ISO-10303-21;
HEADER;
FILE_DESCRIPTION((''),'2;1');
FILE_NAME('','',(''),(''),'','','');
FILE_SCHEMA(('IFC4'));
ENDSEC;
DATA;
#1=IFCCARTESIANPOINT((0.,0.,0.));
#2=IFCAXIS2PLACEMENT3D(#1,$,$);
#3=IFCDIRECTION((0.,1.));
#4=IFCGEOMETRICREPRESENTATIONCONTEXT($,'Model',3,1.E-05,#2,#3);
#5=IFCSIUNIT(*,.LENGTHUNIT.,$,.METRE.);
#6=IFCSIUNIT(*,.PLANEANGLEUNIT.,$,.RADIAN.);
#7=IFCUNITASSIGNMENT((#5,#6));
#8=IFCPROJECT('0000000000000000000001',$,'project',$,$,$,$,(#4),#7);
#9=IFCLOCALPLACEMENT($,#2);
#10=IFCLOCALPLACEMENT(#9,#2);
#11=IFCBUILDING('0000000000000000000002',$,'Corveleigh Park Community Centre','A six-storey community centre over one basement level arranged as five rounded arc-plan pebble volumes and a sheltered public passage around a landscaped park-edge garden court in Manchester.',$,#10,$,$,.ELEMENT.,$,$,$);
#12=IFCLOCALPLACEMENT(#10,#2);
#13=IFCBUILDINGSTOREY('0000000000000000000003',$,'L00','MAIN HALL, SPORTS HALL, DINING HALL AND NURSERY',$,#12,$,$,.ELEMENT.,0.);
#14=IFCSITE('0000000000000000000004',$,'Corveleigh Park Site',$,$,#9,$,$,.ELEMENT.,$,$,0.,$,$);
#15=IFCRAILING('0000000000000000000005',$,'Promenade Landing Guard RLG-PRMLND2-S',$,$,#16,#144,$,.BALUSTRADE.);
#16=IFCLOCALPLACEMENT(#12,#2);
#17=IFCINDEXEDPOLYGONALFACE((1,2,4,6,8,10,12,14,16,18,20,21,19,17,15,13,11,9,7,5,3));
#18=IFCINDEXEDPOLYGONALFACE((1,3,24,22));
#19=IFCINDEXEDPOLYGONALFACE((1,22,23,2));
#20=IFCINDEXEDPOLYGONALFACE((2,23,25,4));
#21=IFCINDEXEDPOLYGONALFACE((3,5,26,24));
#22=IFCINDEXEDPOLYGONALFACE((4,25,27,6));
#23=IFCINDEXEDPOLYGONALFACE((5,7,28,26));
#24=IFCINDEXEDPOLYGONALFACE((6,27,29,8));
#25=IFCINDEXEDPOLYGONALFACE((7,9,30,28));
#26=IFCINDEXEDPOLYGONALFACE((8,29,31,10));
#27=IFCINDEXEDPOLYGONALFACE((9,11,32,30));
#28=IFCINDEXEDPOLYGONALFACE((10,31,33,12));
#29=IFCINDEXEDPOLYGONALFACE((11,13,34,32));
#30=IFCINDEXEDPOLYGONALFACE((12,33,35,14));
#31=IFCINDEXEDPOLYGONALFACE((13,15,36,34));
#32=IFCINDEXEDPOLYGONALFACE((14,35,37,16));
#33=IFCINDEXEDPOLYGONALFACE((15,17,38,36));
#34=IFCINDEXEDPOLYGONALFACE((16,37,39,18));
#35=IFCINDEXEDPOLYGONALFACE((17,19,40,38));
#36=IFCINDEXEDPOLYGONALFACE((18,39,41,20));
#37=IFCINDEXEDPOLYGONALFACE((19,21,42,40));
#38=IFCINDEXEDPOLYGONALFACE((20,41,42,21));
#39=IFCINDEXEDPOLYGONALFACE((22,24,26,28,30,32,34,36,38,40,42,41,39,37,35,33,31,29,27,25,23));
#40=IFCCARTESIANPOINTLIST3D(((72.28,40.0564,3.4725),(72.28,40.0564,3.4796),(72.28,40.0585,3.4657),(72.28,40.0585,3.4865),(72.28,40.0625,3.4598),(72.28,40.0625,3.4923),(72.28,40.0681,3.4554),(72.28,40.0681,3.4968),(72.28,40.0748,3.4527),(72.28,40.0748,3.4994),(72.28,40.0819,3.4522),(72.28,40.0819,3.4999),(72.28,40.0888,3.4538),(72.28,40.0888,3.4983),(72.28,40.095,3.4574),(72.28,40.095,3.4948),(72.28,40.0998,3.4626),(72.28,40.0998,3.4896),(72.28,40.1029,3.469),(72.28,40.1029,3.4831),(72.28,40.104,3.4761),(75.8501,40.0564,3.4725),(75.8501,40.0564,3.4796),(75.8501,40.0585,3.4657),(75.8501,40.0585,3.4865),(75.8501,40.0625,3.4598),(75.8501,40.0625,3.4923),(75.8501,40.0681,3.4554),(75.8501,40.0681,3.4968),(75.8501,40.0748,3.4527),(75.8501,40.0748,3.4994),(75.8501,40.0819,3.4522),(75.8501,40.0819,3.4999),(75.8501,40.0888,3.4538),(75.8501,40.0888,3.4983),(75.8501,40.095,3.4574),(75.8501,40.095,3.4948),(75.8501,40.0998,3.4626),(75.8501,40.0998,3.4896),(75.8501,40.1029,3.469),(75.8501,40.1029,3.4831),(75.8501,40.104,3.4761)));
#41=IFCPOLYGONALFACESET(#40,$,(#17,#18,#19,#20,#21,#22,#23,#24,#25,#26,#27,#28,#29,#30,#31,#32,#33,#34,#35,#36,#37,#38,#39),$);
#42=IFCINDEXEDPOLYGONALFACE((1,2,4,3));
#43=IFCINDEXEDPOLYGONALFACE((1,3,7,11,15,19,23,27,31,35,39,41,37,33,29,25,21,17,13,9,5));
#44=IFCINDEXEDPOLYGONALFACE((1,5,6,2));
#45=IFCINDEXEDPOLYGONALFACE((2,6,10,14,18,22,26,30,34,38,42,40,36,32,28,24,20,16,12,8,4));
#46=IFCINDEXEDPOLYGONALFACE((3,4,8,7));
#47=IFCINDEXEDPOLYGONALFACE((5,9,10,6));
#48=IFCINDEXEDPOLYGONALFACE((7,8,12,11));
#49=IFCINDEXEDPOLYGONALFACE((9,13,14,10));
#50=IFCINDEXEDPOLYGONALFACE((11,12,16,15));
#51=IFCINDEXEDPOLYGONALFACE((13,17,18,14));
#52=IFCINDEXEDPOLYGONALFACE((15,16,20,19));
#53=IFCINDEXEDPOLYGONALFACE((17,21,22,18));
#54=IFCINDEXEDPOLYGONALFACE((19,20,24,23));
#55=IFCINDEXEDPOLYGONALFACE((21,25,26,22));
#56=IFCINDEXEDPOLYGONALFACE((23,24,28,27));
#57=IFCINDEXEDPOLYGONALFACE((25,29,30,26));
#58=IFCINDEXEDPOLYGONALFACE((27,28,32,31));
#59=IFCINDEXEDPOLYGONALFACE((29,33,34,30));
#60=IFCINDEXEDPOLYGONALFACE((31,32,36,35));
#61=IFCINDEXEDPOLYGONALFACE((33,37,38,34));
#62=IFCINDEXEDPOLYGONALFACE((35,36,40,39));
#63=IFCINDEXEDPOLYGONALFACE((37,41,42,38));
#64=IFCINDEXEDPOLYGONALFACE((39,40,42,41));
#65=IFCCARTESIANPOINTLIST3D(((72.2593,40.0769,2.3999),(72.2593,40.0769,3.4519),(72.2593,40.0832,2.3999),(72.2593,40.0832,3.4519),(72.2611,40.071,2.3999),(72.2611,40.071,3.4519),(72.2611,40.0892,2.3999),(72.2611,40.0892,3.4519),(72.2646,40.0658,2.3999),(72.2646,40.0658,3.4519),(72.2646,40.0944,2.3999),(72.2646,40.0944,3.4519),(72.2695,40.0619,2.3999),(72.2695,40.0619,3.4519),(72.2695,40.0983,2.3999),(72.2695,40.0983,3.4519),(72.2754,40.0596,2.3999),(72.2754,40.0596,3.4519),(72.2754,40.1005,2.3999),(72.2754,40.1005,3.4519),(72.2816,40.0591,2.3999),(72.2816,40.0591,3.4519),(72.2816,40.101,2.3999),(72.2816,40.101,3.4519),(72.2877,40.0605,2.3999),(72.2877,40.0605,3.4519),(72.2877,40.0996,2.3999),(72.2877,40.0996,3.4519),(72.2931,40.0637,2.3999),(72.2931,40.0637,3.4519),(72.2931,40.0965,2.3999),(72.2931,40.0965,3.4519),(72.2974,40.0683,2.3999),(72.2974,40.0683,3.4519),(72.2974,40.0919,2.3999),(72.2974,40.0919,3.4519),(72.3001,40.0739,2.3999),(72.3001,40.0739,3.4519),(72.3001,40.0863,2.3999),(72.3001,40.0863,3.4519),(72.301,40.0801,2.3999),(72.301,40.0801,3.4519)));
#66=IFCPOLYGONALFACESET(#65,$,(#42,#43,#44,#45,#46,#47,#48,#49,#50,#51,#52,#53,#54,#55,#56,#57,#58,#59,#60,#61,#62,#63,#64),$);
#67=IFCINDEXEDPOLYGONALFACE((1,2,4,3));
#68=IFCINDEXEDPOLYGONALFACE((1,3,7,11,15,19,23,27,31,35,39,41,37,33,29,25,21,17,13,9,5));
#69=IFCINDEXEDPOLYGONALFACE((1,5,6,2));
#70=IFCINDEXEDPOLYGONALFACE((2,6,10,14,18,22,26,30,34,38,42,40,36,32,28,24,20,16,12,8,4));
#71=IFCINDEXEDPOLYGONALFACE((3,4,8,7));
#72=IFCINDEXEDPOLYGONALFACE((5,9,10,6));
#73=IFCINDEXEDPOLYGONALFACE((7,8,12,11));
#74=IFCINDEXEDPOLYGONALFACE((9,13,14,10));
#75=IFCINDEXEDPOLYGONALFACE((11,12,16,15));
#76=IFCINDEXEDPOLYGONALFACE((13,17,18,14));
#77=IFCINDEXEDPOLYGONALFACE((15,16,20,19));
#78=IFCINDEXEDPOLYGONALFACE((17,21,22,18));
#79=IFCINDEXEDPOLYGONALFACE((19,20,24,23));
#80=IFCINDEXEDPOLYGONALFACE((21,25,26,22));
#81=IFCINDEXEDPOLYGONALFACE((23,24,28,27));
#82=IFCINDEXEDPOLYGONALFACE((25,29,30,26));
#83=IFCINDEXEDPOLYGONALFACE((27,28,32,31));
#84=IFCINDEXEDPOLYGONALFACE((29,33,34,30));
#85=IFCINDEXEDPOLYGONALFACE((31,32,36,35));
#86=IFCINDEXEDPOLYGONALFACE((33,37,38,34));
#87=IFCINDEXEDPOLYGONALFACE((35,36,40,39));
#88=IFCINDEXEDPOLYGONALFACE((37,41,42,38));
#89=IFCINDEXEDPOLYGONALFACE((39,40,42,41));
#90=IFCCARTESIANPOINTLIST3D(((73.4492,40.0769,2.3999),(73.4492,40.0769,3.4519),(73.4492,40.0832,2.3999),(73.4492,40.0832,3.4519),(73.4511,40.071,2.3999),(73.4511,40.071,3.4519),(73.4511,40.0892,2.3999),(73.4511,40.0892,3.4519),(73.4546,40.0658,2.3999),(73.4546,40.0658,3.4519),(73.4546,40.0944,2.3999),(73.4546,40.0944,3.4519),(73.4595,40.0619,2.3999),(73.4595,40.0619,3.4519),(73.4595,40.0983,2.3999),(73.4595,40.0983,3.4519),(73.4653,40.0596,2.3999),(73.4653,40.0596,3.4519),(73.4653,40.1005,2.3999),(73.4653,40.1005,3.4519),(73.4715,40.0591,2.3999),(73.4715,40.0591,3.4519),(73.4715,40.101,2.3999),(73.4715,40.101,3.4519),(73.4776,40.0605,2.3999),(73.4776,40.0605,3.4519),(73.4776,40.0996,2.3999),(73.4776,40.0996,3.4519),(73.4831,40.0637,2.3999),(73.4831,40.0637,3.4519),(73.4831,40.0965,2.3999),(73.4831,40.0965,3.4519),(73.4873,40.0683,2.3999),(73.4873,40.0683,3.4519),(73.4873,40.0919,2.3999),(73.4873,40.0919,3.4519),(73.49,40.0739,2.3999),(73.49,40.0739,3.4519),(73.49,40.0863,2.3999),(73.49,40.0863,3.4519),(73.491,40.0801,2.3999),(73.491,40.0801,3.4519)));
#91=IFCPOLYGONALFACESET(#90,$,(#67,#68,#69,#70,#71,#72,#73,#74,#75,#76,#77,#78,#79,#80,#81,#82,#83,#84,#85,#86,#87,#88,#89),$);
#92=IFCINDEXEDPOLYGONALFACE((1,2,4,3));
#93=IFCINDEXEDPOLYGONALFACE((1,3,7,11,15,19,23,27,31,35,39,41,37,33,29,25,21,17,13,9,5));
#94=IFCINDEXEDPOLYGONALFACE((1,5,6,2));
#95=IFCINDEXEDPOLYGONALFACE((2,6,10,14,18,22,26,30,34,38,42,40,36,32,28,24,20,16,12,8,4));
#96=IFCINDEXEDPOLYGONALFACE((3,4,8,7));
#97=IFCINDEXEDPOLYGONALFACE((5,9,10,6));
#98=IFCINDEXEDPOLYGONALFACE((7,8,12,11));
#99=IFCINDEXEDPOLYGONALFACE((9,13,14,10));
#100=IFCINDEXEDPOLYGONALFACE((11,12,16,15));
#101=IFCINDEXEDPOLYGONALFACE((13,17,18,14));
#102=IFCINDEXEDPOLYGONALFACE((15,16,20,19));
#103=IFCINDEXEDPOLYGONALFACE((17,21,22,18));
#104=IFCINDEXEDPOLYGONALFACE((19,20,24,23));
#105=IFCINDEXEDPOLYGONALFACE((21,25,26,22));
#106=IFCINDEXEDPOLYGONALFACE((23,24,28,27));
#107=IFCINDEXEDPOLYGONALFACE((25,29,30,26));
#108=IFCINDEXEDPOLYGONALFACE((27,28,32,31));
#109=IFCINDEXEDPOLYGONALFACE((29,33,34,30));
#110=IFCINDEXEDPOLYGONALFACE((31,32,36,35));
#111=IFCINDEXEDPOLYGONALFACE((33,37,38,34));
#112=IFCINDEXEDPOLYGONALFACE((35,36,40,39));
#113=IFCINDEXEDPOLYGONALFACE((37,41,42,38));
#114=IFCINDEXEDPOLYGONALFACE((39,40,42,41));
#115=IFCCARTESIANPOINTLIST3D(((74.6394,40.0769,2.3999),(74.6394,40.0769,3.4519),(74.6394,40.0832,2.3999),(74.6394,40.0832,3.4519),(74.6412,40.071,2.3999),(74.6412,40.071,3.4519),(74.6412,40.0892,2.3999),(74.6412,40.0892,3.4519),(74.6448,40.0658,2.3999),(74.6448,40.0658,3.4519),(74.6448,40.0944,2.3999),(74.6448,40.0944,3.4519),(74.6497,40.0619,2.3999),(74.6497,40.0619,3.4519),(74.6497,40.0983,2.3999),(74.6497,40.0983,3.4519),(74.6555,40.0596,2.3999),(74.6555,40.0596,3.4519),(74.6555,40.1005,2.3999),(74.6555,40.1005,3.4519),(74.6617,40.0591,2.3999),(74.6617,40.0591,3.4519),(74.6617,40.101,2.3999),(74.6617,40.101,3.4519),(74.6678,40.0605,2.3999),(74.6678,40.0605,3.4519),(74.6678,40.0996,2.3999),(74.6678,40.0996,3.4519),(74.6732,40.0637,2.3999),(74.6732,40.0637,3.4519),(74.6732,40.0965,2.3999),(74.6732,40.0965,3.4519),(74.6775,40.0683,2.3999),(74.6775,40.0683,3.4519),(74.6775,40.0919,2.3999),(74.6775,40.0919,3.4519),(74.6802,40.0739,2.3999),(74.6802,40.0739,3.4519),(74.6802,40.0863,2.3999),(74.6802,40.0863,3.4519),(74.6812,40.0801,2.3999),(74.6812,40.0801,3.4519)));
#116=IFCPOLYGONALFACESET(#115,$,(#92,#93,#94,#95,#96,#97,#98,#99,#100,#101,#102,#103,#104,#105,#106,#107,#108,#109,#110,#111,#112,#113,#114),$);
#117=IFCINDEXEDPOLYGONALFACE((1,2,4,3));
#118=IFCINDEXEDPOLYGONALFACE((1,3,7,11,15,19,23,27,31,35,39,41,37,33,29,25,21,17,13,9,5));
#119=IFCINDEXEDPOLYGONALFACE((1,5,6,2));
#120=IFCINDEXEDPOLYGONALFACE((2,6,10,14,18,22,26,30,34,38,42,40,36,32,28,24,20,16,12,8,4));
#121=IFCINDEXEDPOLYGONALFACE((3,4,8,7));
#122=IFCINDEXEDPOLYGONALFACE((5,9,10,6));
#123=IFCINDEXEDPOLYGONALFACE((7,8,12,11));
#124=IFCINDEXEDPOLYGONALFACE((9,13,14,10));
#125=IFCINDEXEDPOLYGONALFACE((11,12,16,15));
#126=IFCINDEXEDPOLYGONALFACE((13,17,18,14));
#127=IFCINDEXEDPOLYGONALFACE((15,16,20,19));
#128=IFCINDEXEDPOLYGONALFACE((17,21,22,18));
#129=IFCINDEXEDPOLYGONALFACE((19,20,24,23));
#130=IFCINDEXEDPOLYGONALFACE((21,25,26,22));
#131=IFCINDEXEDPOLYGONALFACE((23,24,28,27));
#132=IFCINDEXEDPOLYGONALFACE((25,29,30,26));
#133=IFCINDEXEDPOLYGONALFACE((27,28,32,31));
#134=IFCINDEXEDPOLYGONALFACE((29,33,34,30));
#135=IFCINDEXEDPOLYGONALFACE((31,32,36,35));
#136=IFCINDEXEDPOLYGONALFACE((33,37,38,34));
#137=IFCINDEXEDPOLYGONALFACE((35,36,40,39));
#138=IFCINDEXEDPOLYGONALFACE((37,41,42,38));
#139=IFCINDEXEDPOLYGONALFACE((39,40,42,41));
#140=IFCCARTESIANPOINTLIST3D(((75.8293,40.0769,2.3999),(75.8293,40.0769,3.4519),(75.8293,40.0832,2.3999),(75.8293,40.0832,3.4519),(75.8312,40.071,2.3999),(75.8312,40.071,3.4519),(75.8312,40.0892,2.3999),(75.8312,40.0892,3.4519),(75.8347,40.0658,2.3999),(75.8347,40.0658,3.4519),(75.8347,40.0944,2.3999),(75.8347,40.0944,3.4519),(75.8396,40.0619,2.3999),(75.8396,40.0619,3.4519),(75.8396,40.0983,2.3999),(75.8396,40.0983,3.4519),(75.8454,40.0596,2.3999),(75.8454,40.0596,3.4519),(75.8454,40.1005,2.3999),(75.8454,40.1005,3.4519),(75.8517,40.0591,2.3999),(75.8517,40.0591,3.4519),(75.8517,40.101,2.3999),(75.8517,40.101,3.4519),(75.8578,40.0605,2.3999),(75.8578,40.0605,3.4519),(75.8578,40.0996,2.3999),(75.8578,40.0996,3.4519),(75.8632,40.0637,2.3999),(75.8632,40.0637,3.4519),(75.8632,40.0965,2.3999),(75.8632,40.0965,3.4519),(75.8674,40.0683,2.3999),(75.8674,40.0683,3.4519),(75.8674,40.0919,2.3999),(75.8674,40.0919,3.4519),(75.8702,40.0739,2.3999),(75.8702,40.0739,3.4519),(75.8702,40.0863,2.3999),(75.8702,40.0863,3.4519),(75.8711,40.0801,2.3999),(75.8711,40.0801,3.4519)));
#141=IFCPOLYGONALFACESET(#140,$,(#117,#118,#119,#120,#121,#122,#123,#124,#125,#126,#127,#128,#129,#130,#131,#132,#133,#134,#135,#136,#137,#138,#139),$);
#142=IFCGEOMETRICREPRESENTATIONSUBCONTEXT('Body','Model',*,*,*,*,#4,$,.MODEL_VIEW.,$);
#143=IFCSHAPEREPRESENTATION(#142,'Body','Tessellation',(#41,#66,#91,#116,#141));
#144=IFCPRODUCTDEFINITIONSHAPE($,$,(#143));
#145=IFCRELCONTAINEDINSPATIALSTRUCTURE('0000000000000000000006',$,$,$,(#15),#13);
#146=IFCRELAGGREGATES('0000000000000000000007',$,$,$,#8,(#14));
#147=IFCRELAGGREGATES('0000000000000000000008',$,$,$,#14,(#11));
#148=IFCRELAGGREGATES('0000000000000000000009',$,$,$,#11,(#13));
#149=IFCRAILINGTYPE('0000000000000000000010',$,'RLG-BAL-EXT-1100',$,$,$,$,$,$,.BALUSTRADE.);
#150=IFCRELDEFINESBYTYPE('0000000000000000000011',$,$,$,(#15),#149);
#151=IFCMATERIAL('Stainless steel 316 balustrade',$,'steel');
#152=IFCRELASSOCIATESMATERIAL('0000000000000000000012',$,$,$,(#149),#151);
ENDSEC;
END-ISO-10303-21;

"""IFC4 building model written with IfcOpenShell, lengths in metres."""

from ifc_helpers import new_model, si_unit, direction, frame, origin, origin_2d, place, context, subcontext, project, spatial, circle, extrude, material, type_object, element, save


model = new_model("IFC4")

# Units and contexts
model_context = context("Model", 3, precision=1e-05, world=origin(), true_north=direction((0.0, 1.0)))
body_context = subcontext(model_context, "Body", "Model", "MODEL_VIEW")
ifc_project = project(units=[si_unit("LENGTHUNIT", "METRE"), si_unit("PLANEANGLEUNIT", "RADIAN")], contexts=[model_context])

# Site, building, storey
site_placement = place(None, origin())
site = spatial("IfcSite", under=ifc_project, at=site_placement, Name="Corveleigh Park Site", CompositionType="ELEMENT", RefElevation=0.0)
building_placement = place(site_placement, origin())
building = spatial("IfcBuilding", under=site, at=building_placement, Name="Corveleigh Park Community Centre", Description="A six-storey community centre over one basement level arranged as five rounded arc-plan pebble volumes and a sheltered public passage around a landscaped park-edge garden court in Manchester.", CompositionType="ELEMENT")
storey_placement = place(building_placement, origin())
storey = spatial("IfcBuildingStorey", under=building, at=storey_placement, Name="L00", Description="MAIN HALL, SPORTS HALL, DINING HALL AND NURSERY", CompositionType="ELEMENT", Elevation=0.0)

# Railing
ifc_material_1 = material(Name="Stainless steel 316 balustrade", Category="steel")
railing_type = type_object("IfcRailingType", Name="RLG-BAL-EXT-1100", PredefinedType="BALUSTRADE", material=ifc_material_1)
railing_1_placement = place(storey_placement, frame((72.28, 40.0801, 2.3999)))
element("IfcRailing", 1, at=railing_1_placement, inside=storey, type_object=railing_type, Name="Promenade Landing Guard RLG-PRMLND2-S", PredefinedType="BALUSTRADE", context=body_context, shape_type="SweptSolid", body=[
    extrude(circle(Radius=0.0239, at=origin_2d()), frame((0.0, 0.0, 1.0762), z_axis=(1.0, 0.0, 0.0), x_axis=(0.0, 1.0, 0.0)), (0.0, 0.0, 1.0), 3.5701),
    extrude(circle(Radius=0.021, at=origin_2d()), origin(), (0.0, 0.0, 1.0), 1.052),
    extrude(circle(Radius=0.021, at=origin_2d()), frame((1.1899, 0.0, 0.0)), (0.0, 0.0, 1.0), 1.052),
    extrude(circle(Radius=0.021, at=origin_2d()), frame((2.3801, 0.0, 0.0)), (0.0, 0.0, 1.0), 1.052),
    extrude(circle(Radius=0.021, at=origin_2d()), frame((3.5701, 0.0, 0.0)), (0.0, 0.0, 1.0), 1.052),
])

save(model, "model.ifc")
